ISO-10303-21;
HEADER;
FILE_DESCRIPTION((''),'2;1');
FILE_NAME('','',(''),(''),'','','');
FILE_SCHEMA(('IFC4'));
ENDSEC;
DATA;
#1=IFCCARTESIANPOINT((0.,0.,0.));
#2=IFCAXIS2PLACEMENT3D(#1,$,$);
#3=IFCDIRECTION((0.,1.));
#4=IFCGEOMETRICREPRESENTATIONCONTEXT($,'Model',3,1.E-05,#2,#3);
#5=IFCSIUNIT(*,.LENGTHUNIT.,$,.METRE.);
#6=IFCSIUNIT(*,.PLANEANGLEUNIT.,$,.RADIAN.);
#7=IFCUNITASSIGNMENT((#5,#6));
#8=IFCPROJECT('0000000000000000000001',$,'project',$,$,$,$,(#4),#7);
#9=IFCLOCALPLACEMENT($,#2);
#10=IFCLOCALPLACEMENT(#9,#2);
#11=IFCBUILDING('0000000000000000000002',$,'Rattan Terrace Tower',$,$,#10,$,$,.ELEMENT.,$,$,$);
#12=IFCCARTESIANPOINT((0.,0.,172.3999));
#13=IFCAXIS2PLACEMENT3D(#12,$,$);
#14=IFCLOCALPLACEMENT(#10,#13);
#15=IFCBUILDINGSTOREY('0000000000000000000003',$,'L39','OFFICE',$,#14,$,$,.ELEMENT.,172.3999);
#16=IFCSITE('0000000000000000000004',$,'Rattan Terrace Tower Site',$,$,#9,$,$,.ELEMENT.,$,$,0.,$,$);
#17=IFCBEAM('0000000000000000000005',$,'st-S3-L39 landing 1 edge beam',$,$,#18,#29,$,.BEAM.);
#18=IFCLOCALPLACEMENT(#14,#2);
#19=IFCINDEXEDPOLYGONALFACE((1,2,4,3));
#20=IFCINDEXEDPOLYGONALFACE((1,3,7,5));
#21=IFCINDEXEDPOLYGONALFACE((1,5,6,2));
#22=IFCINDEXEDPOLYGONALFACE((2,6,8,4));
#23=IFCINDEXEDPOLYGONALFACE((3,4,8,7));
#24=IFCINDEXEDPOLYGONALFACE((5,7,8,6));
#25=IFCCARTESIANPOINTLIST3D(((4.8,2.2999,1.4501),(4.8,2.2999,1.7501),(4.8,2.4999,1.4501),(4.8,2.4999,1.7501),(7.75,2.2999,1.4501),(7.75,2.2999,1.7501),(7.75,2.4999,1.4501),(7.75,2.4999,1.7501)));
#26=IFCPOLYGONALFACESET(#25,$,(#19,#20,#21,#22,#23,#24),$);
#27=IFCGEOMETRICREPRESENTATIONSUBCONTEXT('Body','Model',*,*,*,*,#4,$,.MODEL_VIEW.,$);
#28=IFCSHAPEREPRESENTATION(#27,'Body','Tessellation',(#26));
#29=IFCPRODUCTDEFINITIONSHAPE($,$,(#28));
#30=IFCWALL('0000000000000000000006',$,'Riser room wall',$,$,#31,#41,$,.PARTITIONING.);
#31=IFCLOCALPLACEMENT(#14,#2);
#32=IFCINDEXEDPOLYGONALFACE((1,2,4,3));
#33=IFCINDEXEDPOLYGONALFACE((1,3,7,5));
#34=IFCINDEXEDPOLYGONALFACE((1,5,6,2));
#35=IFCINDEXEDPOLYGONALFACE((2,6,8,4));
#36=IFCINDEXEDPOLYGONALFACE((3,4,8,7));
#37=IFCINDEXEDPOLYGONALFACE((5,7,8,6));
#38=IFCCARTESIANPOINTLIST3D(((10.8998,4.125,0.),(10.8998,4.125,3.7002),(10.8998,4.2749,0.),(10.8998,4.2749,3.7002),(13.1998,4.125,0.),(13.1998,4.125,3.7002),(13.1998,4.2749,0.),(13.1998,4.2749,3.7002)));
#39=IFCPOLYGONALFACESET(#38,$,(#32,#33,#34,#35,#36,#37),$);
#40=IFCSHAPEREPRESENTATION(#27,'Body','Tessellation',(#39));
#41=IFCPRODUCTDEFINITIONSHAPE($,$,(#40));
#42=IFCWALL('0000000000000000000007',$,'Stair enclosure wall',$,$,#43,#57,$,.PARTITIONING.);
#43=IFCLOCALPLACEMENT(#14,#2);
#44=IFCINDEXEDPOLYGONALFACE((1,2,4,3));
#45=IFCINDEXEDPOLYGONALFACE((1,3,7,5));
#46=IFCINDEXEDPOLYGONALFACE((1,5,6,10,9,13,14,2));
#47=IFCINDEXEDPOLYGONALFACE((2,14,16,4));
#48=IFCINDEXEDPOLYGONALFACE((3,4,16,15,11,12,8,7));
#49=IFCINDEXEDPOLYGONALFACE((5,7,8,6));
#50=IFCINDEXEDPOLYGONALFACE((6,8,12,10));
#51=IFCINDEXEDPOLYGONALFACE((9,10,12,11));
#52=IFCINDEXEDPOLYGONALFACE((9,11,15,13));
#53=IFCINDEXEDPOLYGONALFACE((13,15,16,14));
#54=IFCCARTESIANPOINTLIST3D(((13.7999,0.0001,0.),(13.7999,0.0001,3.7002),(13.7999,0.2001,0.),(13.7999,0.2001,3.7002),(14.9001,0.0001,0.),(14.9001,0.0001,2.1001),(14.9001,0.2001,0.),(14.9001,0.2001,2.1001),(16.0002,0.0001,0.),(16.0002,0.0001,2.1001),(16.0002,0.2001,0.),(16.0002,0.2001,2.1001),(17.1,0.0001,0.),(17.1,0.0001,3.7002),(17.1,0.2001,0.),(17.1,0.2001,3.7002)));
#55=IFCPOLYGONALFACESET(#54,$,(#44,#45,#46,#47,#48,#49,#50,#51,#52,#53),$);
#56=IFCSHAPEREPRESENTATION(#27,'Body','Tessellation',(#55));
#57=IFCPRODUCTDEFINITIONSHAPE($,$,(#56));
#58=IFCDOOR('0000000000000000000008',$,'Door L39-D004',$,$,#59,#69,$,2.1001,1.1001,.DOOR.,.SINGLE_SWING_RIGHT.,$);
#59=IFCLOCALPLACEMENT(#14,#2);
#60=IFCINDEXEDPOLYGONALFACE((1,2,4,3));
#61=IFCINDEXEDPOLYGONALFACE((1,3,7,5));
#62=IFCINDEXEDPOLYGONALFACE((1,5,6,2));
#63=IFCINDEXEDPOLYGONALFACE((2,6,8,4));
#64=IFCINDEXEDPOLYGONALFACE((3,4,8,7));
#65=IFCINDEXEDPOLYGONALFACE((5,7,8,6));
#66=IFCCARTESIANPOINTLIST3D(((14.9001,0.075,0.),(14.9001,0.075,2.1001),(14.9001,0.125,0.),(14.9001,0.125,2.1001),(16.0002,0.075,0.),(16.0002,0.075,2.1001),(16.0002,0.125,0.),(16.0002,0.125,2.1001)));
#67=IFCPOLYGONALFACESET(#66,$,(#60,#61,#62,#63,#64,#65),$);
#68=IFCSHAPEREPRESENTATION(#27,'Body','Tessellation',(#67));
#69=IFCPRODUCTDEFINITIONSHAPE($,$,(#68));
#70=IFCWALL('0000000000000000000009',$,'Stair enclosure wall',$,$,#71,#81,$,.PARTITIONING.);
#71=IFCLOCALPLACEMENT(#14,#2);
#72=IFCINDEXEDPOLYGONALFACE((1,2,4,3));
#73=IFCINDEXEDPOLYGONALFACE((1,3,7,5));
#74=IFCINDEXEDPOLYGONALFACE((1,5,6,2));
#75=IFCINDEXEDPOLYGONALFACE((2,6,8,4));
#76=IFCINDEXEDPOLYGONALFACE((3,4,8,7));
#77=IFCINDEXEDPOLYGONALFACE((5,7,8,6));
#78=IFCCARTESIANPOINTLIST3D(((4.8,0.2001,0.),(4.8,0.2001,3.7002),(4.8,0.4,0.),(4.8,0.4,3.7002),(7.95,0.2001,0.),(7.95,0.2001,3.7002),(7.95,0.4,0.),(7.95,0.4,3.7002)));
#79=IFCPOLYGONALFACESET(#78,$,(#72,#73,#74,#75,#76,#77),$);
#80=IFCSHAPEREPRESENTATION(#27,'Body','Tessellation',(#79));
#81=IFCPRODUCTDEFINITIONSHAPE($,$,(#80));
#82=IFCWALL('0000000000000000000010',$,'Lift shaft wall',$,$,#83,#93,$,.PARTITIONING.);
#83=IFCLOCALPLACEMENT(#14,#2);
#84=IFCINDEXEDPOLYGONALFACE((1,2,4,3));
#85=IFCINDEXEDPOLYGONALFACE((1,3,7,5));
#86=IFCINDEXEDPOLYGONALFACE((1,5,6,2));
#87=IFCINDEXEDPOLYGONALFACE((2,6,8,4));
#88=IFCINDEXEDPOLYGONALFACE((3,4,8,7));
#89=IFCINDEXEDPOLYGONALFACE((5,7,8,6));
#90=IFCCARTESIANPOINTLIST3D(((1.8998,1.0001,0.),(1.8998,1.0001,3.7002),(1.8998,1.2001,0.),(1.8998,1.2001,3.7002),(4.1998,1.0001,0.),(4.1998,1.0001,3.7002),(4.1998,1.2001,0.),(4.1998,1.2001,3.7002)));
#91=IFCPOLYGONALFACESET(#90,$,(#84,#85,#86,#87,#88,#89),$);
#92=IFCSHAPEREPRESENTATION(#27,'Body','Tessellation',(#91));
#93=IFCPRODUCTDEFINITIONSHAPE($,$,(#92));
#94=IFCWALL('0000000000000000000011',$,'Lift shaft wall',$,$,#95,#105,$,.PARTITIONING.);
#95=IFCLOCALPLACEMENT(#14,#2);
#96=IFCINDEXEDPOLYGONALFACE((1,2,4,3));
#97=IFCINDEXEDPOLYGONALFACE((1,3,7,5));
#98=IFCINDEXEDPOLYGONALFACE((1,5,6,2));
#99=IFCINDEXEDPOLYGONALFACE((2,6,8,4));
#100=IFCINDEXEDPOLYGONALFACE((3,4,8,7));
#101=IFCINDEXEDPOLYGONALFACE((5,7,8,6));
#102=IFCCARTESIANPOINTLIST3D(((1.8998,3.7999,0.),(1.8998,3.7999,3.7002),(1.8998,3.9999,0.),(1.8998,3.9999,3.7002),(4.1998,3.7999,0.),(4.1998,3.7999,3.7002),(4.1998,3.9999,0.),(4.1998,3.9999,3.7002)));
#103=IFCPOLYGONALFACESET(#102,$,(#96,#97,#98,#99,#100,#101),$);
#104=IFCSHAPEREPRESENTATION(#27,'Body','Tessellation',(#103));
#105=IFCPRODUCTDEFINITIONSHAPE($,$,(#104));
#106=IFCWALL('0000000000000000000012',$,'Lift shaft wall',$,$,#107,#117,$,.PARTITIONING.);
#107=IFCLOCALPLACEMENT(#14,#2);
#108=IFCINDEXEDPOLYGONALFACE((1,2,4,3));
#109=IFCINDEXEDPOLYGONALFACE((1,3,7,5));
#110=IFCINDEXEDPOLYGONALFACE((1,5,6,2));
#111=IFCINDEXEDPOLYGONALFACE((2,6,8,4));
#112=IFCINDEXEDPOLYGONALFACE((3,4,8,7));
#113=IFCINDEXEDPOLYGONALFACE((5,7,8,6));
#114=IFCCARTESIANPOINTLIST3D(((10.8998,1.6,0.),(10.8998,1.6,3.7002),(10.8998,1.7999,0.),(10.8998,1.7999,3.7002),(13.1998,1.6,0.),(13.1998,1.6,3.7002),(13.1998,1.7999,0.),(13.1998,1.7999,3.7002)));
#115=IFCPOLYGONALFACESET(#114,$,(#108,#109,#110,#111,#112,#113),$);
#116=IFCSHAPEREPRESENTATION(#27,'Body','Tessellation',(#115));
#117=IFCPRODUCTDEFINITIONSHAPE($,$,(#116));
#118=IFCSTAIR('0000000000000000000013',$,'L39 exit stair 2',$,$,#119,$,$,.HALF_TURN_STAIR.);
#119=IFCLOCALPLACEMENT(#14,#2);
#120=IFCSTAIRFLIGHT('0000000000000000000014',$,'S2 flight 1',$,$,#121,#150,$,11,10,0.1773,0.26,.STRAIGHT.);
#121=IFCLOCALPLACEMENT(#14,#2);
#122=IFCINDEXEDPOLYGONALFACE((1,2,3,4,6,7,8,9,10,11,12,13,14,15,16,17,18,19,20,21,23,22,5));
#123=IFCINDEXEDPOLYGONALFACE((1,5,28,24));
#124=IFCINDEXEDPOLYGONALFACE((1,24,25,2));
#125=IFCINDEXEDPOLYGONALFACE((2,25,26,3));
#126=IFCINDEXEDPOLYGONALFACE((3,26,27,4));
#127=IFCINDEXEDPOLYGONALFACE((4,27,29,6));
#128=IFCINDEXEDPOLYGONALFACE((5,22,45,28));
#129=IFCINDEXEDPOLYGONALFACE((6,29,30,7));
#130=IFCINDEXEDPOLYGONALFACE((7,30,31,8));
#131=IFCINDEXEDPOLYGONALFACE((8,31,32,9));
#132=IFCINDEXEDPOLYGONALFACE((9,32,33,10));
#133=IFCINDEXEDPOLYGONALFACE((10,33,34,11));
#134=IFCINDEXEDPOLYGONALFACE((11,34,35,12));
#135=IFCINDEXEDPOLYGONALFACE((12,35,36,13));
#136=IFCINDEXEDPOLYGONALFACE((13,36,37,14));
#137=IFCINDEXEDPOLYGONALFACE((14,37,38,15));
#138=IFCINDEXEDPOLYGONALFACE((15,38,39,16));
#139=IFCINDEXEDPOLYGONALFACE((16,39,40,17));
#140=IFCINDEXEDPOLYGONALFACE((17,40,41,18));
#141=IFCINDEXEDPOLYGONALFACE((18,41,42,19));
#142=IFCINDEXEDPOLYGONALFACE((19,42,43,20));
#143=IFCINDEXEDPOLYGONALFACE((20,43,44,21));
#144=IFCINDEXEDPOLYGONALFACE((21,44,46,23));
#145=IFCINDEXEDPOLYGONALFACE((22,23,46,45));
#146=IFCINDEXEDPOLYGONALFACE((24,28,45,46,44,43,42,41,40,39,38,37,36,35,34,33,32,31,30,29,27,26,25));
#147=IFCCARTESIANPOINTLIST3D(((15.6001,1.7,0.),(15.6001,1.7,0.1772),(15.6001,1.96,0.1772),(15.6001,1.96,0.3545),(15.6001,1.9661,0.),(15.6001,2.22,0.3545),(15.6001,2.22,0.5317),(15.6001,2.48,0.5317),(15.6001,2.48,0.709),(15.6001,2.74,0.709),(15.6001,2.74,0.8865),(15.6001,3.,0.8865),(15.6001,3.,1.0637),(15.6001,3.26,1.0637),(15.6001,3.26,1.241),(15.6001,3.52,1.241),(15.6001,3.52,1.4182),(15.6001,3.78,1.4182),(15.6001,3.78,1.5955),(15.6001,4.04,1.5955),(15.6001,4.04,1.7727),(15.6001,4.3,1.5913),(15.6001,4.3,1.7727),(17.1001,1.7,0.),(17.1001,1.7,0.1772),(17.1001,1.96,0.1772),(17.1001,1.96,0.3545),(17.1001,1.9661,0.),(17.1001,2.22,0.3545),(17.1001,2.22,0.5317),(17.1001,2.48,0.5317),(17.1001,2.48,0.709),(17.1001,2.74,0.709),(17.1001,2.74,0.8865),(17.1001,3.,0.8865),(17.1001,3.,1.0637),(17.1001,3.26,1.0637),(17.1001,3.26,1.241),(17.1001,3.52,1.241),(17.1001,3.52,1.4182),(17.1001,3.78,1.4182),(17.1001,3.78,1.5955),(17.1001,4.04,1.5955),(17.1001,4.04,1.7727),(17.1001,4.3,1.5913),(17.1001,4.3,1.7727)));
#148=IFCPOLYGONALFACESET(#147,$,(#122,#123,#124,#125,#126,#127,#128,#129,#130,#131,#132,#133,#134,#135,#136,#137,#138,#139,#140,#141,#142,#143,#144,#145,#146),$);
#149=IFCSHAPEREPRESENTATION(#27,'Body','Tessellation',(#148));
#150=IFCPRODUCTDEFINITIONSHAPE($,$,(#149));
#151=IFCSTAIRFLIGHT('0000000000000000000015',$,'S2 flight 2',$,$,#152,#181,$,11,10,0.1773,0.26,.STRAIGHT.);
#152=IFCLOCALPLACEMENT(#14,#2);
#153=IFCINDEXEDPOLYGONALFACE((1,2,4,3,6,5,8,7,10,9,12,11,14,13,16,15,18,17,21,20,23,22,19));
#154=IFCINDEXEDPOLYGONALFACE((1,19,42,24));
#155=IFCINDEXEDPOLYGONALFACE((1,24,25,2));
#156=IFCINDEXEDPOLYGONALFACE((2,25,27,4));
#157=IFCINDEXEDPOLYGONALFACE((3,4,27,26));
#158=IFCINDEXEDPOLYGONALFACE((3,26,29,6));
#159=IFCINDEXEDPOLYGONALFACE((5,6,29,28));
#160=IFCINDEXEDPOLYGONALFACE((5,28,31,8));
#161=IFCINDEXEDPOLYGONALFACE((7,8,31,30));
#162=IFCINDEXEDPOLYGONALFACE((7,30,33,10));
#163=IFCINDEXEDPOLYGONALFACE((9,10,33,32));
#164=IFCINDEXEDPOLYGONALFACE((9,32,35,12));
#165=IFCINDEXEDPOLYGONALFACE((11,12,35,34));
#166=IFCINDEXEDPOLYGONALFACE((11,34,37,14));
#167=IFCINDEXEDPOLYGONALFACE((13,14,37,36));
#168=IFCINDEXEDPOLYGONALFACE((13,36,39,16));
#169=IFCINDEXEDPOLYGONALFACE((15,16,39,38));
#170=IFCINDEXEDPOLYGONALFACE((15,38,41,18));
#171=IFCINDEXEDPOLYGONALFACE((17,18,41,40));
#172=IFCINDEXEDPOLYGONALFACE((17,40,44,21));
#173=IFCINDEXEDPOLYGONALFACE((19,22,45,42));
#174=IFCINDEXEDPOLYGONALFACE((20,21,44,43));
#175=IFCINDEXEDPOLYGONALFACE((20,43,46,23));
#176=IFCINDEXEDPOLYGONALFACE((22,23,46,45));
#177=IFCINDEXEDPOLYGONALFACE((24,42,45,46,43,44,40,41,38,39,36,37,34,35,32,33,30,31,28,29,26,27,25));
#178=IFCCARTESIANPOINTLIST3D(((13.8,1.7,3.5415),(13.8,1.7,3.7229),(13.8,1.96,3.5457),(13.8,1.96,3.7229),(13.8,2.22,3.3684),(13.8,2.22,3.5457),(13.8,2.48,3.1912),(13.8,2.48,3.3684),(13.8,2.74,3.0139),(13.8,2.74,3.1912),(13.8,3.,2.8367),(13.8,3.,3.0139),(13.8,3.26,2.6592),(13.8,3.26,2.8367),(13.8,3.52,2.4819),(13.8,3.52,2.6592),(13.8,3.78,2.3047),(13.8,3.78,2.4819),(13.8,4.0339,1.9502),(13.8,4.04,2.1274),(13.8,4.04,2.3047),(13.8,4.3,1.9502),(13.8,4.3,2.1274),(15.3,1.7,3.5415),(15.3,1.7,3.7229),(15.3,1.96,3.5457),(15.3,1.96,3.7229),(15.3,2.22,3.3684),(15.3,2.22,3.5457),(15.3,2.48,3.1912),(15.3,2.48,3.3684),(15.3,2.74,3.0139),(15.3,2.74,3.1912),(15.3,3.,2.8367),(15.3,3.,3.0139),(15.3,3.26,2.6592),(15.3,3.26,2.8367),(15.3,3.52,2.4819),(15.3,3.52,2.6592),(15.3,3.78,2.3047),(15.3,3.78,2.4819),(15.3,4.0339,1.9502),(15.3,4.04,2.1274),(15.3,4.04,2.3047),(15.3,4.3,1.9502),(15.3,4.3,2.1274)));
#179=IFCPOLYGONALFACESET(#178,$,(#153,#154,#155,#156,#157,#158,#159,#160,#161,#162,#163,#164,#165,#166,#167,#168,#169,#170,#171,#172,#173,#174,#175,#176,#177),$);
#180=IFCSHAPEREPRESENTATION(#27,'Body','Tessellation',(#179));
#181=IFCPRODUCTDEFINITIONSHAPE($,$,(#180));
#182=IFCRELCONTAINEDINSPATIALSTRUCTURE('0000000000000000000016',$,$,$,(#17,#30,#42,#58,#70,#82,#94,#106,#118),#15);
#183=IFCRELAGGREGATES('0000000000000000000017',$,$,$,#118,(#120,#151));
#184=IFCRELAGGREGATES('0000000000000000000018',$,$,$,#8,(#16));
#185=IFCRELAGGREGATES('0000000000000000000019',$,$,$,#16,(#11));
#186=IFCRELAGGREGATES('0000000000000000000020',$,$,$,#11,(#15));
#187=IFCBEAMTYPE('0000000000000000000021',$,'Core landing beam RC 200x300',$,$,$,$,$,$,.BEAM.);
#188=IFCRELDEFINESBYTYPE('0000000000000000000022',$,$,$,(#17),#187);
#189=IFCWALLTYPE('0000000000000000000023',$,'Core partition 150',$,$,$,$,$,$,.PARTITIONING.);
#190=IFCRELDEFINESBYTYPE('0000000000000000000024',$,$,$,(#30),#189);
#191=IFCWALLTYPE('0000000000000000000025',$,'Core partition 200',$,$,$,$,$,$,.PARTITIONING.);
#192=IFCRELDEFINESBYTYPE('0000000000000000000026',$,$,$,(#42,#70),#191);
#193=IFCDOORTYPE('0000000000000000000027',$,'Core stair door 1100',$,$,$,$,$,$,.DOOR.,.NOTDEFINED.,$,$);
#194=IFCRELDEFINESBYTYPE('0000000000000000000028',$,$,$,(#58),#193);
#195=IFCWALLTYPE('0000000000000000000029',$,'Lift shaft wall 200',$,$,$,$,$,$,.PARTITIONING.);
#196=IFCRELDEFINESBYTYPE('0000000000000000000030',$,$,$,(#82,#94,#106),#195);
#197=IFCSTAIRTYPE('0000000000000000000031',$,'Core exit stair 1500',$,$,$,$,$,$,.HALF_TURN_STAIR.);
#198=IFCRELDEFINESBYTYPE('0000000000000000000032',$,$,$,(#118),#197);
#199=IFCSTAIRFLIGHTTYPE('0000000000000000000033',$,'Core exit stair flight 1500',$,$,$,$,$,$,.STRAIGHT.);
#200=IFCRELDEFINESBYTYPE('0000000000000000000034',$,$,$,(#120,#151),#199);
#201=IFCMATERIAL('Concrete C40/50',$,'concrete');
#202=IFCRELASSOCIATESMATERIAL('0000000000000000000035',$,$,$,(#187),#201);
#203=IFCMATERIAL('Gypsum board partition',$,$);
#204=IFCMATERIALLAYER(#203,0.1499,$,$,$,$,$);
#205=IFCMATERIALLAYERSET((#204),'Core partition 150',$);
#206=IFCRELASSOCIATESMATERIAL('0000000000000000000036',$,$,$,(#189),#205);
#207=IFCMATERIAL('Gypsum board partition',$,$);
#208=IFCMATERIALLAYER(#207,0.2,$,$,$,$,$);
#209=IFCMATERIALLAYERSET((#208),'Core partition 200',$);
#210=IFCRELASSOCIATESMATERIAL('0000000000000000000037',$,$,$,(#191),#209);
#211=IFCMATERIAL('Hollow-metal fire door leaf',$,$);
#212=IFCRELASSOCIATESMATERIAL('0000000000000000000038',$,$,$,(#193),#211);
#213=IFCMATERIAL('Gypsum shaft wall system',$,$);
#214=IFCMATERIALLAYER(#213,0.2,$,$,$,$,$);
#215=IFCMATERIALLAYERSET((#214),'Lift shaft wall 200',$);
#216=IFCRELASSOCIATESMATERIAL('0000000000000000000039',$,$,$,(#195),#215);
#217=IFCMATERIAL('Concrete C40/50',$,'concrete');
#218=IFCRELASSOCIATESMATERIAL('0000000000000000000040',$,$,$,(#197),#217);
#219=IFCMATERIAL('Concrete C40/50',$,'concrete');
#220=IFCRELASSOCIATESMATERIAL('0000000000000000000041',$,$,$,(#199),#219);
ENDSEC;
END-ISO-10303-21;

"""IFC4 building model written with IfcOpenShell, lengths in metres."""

from ifc_helpers import new_model, si_unit, direction, frame, frame_2d, origin, origin_2d, place, context, subcontext, project, spatial, polyline, rectangle, outline, extrude, material, layer, layer_set, material_profile, profile_set, type_object, element, fill, aggregate, save


model = new_model("IFC4")

# Units and contexts
model_context = context("Model", 3, precision=1e-05, world=origin(), true_north=direction((0.0, 1.0)))
body_context = subcontext(model_context, "Body", "Model", "MODEL_VIEW")
ifc_project = project(units=[si_unit("LENGTHUNIT", "METRE"), si_unit("PLANEANGLEUNIT", "RADIAN")], contexts=[model_context])

# Site, building, storey
site_placement = place(None, origin())
site = spatial("IfcSite", under=ifc_project, at=site_placement, Name="Rattan Terrace Tower Site", CompositionType="ELEMENT", RefElevation=0.0)
building_placement = place(site_placement, origin())
building = spatial("IfcBuilding", under=site, at=building_placement, Name="Rattan Terrace Tower", CompositionType="ELEMENT")
storey_placement = place(building_placement, frame((0.0, 0.0, 172.3999)))
storey = spatial("IfcBuildingStorey", under=building, at=storey_placement, Name="L39", Description="OFFICE", CompositionType="ELEMENT", Elevation=172.3999)

# Beam
ifc_material_1 = material(Name="Concrete C40/50", Category="concrete")
ifc_material_profile = material_profile(ifc_material_1, rectangle(XDim=0.2, YDim=0.3, at=origin_2d()), Name="RC 200x300")
ifc_profile_set = profile_set([ifc_material_profile], Name="Concrete C40/50")
beam_type = type_object("IfcBeamType", Name="Core landing beam RC 200x300", PredefinedType="BEAM", material=ifc_profile_set)
beam_placement = place(storey_placement, frame((4.8, 2.3999, 1.6001), z_axis=(1.0, 0.0, 0.0), x_axis=(0.0, 1.0, 0.0)))
element("IfcBeam", 1, at=beam_placement, inside=storey, type_object=beam_type, Name="st-S3-L39 landing 1 edge beam", PredefinedType="BEAM", context=body_context, shape_type="SweptSolid", body=[
    extrude(rectangle(XDim=0.2, YDim=0.3, at=origin_2d()), origin(), (0.0, 0.0, 1.0), 2.95),
])

# Wall
ifc_material_2 = material(Name="Gypsum board partition")
ifc_layer_1 = layer(ifc_material_2, 0.1499)
ifc_layer_set_1 = layer_set([ifc_layer_1], Name="Core partition 150")
wall_type_1 = type_object("IfcWallType", Name="Core partition 150", PredefinedType="PARTITIONING", material=ifc_layer_set_1)
wall_1_placement = place(storey_placement, frame((10.8999, 4.2, 0.0), z_axis=(0.0, 0.0, 1.0), x_axis=(1.0, 0.0, 0.0)))
element("IfcWall", 2, at=wall_1_placement, inside=storey, type_object=wall_type_1, Name="Riser room wall", PredefinedType="PARTITIONING", context=body_context, shape_type="SweptSolid", body=[
    extrude(rectangle(XDim=2.3, YDim=0.1499, at=frame_2d((1.1499, 0.0))), origin(), (0.0, 0.0, 1.0), 3.7002),
])

# Wall, opening, door
ifc_material_3 = material(Name="Gypsum board partition")
ifc_layer_2 = layer(ifc_material_3, 0.2)
ifc_layer_set_2 = layer_set([ifc_layer_2], Name="Core partition 200")
wall_type_2 = type_object("IfcWallType", Name="Core partition 200", PredefinedType="PARTITIONING", material=ifc_layer_set_2)
wall_2_placement = place(storey_placement, frame((13.8, 0.1001, 0.0), z_axis=(0.0, 0.0, 1.0), x_axis=(1.0, 0.0, 0.0)))
wall_2 = element("IfcWall", 3, at=wall_2_placement, inside=storey, type_object=wall_type_2, Name="Stair enclosure wall", PredefinedType="PARTITIONING", context=body_context, shape_type="SweptSolid", body=[
    extrude(rectangle(XDim=3.3, YDim=0.2, at=frame_2d((1.6499, 0.0))), origin(), (0.0, 0.0, 1.0), 3.7002),
])
opening_placement = place(wall_2_placement, frame((1.1001, 0.0, 0.0)))
opening = element("IfcOpeningElement", 4, at=opening_placement, cuts=wall_2, PredefinedType="OPENING", context=body_context, shape_type="SweptSolid", body=[
    extrude(rectangle(XDim=1.1001, YDim=2.1001, at=frame_2d((0.55, 1.05))), frame((0.0, 0.1106, 0.0), z_axis=(0.0, -1.0, 0.0), x_axis=(1.0, 0.0, 0.0)), (0.0, 0.0, 1.0), 0.2209),
])
ifc_material_4 = material(Name="Hollow-metal fire door leaf")
door_type = type_object("IfcDoorType", Name="Core stair door 1100", OperationType="NOTDEFINED", PredefinedType="DOOR", material=ifc_material_4)
door_placement = place(opening_placement, origin())
door = element("IfcDoor", 5, at=door_placement, inside=storey, type_object=door_type, Name="Door L39-D004", OperationType="SINGLE_SWING_RIGHT", OverallHeight=2.1001, OverallWidth=1.1001, PredefinedType="DOOR", context=body_context, shape_type="SweptSolid", body=[
    extrude(rectangle(XDim=1.1001, YDim=2.1001, at=frame_2d((0.55, 1.05))), frame((0.0, 0.0249, 0.0), z_axis=(0.0, -1.0, 0.0), x_axis=(1.0, 0.0, 0.0)), (0.0, 0.0, 1.0), 0.05),
])
fill(opening, door)

# Walls
wall_3_placement = place(storey_placement, frame((4.8, 0.3, 0.0), z_axis=(0.0, 0.0, 1.0), x_axis=(1.0, 0.0, 0.0)))
element("IfcWall", 6, at=wall_3_placement, inside=storey, type_object=wall_type_2, Name="Stair enclosure wall", PredefinedType="PARTITIONING", context=body_context, shape_type="SweptSolid", body=[
    extrude(rectangle(XDim=3.1499, YDim=0.2, at=frame_2d((1.575, 0.0))), origin(), (0.0, 0.0, 1.0), 3.7002),
])
ifc_material_5 = material(Name="Gypsum shaft wall system")
ifc_layer_3 = layer(ifc_material_5, 0.2)
ifc_layer_set_3 = layer_set([ifc_layer_3], Name="Lift shaft wall 200")
wall_type_3 = type_object("IfcWallType", Name="Lift shaft wall 200", PredefinedType="PARTITIONING", material=ifc_layer_set_3)
for number, where, z_axis, x_axis, name in (
    (7, (1.8999, 1.1001, 0.0), (0.0, 0.0, 1.0), (1.0, 0.0, 0.0), "Lift shaft wall"),
    (8, (1.8999, 3.8999, 0.0), (0.0, 0.0, 1.0), (1.0, 0.0, 0.0), "Lift shaft wall"),
    (9, (10.8999, 1.7, 0.0), (0.0, 0.0, 1.0), (1.0, 0.0, 0.0), "Lift shaft wall"),
):
    element("IfcWall", number, at=place(storey_placement, frame(where, z_axis=z_axis, x_axis=x_axis)), inside=storey, type_object=wall_type_3, Name=name, PredefinedType="PARTITIONING", context=body_context, shape_type="SweptSolid", body=[
        extrude(rectangle(XDim=2.3, YDim=0.2, at=frame_2d((1.1499, 0.0))), origin(), (0.0, 0.0, 1.0), 3.7002),
    ])

# Stair, stair flights
ifc_material_6 = material(Name="Concrete C40/50", Category="concrete")
stair_type = type_object("IfcStairType", Name="Core exit stair 1500", PredefinedType="HALF_TURN_STAIR", material=ifc_material_6)
stair_1_placement = place(storey_placement, origin())
stair_1 = element("IfcStair", 10, at=stair_1_placement, inside=storey, type_object=stair_type, Name="L39 exit stair 2", PredefinedType="HALF_TURN_STAIR")
ifc_material_7 = material(Name="Concrete C40/50", Category="concrete")
stair_flight_type = type_object("IfcStairFlightType", Name="Core exit stair flight 1500", PredefinedType="STRAIGHT", material=ifc_material_7)
stair_flight_1_placement = place(storey_placement, frame((16.3501, 1.7, 0.0), z_axis=(0.0, 0.0, 1.0), x_axis=(0.0, 1.0, 0.0)))
stair_flight_1 = element("IfcStairFlight", 11, at=stair_flight_1_placement, type_object=stair_flight_type, Name="S2 flight 1", NumberOfRisers=11, NumberOfTreads=10, PredefinedType="STRAIGHT", RiserHeight=0.1773, TreadLength=0.26, context=body_context, shape_type="SweptSolid", body=[
    extrude(outline(polyline([(0.0, 0.0), (0.0, 0.1772), (0.26, 0.1772), (0.26, 0.3545), (0.52, 0.3545), (0.52, 0.5317), (0.78, 0.5317), (0.78, 0.709), (1.04, 0.709), (1.04, 0.8865), (1.3, 0.8865), (1.3, 1.0637), (1.5601, 1.0637), (1.5601, 1.241), (1.8201, 1.241), (1.8201, 1.4182), (2.0801, 1.4182), (2.0801, 1.5955), (2.3401, 1.5955), (2.3401, 1.7727), (2.6001, 1.7727), (2.6001, 1.95), (2.6001, 1.5913), (0.2661, 0.0), (0.0, 0.0)])), frame((0.0, 0.75, 0.0), z_axis=(0.0, -1.0, 0.0), x_axis=(1.0, 0.0, 0.0)), (0.0, 0.0, 1.0), 1.5),
])
stair_flight_2_placement = place(storey_placement, frame((14.55, 4.3, 1.9502), z_axis=(0.0, 0.0, 1.0), x_axis=(0.0, -1.0, 0.0)))
stair_flight_2 = element("IfcStairFlight", 12, at=stair_flight_2_placement, type_object=stair_flight_type, Name="S2 flight 2", NumberOfRisers=11, NumberOfTreads=10, PredefinedType="STRAIGHT", RiserHeight=0.1773, TreadLength=0.26, context=body_context, shape_type="SweptSolid", body=[
    extrude(outline(polyline([(0.0, 0.0), (0.0, 0.1772), (0.26, 0.1772), (0.26, 0.3545), (0.52, 0.3545), (0.52, 0.5317), (0.78, 0.5317), (0.78, 0.709), (1.04, 0.709), (1.04, 0.8865), (1.3, 0.8865), (1.3, 1.0637), (1.5601, 1.0637), (1.5601, 1.241), (1.8201, 1.241), (1.8201, 1.4182), (2.0801, 1.4182), (2.0801, 1.5955), (2.3401, 1.5955), (2.3401, 1.7727), (2.6001, 1.7727), (2.6001, 1.95), (2.6001, 1.5913), (0.2661, 0.0), (0.0, 0.0)])), frame((0.0, 0.75, 0.0), z_axis=(0.0, -1.0, 0.0), x_axis=(1.0, 0.0, 0.0)), (0.0, 0.0, 1.0), 1.5),
])
aggregate(stair_1, [stair_flight_1, stair_flight_2])

save(model, "model.ifc")
